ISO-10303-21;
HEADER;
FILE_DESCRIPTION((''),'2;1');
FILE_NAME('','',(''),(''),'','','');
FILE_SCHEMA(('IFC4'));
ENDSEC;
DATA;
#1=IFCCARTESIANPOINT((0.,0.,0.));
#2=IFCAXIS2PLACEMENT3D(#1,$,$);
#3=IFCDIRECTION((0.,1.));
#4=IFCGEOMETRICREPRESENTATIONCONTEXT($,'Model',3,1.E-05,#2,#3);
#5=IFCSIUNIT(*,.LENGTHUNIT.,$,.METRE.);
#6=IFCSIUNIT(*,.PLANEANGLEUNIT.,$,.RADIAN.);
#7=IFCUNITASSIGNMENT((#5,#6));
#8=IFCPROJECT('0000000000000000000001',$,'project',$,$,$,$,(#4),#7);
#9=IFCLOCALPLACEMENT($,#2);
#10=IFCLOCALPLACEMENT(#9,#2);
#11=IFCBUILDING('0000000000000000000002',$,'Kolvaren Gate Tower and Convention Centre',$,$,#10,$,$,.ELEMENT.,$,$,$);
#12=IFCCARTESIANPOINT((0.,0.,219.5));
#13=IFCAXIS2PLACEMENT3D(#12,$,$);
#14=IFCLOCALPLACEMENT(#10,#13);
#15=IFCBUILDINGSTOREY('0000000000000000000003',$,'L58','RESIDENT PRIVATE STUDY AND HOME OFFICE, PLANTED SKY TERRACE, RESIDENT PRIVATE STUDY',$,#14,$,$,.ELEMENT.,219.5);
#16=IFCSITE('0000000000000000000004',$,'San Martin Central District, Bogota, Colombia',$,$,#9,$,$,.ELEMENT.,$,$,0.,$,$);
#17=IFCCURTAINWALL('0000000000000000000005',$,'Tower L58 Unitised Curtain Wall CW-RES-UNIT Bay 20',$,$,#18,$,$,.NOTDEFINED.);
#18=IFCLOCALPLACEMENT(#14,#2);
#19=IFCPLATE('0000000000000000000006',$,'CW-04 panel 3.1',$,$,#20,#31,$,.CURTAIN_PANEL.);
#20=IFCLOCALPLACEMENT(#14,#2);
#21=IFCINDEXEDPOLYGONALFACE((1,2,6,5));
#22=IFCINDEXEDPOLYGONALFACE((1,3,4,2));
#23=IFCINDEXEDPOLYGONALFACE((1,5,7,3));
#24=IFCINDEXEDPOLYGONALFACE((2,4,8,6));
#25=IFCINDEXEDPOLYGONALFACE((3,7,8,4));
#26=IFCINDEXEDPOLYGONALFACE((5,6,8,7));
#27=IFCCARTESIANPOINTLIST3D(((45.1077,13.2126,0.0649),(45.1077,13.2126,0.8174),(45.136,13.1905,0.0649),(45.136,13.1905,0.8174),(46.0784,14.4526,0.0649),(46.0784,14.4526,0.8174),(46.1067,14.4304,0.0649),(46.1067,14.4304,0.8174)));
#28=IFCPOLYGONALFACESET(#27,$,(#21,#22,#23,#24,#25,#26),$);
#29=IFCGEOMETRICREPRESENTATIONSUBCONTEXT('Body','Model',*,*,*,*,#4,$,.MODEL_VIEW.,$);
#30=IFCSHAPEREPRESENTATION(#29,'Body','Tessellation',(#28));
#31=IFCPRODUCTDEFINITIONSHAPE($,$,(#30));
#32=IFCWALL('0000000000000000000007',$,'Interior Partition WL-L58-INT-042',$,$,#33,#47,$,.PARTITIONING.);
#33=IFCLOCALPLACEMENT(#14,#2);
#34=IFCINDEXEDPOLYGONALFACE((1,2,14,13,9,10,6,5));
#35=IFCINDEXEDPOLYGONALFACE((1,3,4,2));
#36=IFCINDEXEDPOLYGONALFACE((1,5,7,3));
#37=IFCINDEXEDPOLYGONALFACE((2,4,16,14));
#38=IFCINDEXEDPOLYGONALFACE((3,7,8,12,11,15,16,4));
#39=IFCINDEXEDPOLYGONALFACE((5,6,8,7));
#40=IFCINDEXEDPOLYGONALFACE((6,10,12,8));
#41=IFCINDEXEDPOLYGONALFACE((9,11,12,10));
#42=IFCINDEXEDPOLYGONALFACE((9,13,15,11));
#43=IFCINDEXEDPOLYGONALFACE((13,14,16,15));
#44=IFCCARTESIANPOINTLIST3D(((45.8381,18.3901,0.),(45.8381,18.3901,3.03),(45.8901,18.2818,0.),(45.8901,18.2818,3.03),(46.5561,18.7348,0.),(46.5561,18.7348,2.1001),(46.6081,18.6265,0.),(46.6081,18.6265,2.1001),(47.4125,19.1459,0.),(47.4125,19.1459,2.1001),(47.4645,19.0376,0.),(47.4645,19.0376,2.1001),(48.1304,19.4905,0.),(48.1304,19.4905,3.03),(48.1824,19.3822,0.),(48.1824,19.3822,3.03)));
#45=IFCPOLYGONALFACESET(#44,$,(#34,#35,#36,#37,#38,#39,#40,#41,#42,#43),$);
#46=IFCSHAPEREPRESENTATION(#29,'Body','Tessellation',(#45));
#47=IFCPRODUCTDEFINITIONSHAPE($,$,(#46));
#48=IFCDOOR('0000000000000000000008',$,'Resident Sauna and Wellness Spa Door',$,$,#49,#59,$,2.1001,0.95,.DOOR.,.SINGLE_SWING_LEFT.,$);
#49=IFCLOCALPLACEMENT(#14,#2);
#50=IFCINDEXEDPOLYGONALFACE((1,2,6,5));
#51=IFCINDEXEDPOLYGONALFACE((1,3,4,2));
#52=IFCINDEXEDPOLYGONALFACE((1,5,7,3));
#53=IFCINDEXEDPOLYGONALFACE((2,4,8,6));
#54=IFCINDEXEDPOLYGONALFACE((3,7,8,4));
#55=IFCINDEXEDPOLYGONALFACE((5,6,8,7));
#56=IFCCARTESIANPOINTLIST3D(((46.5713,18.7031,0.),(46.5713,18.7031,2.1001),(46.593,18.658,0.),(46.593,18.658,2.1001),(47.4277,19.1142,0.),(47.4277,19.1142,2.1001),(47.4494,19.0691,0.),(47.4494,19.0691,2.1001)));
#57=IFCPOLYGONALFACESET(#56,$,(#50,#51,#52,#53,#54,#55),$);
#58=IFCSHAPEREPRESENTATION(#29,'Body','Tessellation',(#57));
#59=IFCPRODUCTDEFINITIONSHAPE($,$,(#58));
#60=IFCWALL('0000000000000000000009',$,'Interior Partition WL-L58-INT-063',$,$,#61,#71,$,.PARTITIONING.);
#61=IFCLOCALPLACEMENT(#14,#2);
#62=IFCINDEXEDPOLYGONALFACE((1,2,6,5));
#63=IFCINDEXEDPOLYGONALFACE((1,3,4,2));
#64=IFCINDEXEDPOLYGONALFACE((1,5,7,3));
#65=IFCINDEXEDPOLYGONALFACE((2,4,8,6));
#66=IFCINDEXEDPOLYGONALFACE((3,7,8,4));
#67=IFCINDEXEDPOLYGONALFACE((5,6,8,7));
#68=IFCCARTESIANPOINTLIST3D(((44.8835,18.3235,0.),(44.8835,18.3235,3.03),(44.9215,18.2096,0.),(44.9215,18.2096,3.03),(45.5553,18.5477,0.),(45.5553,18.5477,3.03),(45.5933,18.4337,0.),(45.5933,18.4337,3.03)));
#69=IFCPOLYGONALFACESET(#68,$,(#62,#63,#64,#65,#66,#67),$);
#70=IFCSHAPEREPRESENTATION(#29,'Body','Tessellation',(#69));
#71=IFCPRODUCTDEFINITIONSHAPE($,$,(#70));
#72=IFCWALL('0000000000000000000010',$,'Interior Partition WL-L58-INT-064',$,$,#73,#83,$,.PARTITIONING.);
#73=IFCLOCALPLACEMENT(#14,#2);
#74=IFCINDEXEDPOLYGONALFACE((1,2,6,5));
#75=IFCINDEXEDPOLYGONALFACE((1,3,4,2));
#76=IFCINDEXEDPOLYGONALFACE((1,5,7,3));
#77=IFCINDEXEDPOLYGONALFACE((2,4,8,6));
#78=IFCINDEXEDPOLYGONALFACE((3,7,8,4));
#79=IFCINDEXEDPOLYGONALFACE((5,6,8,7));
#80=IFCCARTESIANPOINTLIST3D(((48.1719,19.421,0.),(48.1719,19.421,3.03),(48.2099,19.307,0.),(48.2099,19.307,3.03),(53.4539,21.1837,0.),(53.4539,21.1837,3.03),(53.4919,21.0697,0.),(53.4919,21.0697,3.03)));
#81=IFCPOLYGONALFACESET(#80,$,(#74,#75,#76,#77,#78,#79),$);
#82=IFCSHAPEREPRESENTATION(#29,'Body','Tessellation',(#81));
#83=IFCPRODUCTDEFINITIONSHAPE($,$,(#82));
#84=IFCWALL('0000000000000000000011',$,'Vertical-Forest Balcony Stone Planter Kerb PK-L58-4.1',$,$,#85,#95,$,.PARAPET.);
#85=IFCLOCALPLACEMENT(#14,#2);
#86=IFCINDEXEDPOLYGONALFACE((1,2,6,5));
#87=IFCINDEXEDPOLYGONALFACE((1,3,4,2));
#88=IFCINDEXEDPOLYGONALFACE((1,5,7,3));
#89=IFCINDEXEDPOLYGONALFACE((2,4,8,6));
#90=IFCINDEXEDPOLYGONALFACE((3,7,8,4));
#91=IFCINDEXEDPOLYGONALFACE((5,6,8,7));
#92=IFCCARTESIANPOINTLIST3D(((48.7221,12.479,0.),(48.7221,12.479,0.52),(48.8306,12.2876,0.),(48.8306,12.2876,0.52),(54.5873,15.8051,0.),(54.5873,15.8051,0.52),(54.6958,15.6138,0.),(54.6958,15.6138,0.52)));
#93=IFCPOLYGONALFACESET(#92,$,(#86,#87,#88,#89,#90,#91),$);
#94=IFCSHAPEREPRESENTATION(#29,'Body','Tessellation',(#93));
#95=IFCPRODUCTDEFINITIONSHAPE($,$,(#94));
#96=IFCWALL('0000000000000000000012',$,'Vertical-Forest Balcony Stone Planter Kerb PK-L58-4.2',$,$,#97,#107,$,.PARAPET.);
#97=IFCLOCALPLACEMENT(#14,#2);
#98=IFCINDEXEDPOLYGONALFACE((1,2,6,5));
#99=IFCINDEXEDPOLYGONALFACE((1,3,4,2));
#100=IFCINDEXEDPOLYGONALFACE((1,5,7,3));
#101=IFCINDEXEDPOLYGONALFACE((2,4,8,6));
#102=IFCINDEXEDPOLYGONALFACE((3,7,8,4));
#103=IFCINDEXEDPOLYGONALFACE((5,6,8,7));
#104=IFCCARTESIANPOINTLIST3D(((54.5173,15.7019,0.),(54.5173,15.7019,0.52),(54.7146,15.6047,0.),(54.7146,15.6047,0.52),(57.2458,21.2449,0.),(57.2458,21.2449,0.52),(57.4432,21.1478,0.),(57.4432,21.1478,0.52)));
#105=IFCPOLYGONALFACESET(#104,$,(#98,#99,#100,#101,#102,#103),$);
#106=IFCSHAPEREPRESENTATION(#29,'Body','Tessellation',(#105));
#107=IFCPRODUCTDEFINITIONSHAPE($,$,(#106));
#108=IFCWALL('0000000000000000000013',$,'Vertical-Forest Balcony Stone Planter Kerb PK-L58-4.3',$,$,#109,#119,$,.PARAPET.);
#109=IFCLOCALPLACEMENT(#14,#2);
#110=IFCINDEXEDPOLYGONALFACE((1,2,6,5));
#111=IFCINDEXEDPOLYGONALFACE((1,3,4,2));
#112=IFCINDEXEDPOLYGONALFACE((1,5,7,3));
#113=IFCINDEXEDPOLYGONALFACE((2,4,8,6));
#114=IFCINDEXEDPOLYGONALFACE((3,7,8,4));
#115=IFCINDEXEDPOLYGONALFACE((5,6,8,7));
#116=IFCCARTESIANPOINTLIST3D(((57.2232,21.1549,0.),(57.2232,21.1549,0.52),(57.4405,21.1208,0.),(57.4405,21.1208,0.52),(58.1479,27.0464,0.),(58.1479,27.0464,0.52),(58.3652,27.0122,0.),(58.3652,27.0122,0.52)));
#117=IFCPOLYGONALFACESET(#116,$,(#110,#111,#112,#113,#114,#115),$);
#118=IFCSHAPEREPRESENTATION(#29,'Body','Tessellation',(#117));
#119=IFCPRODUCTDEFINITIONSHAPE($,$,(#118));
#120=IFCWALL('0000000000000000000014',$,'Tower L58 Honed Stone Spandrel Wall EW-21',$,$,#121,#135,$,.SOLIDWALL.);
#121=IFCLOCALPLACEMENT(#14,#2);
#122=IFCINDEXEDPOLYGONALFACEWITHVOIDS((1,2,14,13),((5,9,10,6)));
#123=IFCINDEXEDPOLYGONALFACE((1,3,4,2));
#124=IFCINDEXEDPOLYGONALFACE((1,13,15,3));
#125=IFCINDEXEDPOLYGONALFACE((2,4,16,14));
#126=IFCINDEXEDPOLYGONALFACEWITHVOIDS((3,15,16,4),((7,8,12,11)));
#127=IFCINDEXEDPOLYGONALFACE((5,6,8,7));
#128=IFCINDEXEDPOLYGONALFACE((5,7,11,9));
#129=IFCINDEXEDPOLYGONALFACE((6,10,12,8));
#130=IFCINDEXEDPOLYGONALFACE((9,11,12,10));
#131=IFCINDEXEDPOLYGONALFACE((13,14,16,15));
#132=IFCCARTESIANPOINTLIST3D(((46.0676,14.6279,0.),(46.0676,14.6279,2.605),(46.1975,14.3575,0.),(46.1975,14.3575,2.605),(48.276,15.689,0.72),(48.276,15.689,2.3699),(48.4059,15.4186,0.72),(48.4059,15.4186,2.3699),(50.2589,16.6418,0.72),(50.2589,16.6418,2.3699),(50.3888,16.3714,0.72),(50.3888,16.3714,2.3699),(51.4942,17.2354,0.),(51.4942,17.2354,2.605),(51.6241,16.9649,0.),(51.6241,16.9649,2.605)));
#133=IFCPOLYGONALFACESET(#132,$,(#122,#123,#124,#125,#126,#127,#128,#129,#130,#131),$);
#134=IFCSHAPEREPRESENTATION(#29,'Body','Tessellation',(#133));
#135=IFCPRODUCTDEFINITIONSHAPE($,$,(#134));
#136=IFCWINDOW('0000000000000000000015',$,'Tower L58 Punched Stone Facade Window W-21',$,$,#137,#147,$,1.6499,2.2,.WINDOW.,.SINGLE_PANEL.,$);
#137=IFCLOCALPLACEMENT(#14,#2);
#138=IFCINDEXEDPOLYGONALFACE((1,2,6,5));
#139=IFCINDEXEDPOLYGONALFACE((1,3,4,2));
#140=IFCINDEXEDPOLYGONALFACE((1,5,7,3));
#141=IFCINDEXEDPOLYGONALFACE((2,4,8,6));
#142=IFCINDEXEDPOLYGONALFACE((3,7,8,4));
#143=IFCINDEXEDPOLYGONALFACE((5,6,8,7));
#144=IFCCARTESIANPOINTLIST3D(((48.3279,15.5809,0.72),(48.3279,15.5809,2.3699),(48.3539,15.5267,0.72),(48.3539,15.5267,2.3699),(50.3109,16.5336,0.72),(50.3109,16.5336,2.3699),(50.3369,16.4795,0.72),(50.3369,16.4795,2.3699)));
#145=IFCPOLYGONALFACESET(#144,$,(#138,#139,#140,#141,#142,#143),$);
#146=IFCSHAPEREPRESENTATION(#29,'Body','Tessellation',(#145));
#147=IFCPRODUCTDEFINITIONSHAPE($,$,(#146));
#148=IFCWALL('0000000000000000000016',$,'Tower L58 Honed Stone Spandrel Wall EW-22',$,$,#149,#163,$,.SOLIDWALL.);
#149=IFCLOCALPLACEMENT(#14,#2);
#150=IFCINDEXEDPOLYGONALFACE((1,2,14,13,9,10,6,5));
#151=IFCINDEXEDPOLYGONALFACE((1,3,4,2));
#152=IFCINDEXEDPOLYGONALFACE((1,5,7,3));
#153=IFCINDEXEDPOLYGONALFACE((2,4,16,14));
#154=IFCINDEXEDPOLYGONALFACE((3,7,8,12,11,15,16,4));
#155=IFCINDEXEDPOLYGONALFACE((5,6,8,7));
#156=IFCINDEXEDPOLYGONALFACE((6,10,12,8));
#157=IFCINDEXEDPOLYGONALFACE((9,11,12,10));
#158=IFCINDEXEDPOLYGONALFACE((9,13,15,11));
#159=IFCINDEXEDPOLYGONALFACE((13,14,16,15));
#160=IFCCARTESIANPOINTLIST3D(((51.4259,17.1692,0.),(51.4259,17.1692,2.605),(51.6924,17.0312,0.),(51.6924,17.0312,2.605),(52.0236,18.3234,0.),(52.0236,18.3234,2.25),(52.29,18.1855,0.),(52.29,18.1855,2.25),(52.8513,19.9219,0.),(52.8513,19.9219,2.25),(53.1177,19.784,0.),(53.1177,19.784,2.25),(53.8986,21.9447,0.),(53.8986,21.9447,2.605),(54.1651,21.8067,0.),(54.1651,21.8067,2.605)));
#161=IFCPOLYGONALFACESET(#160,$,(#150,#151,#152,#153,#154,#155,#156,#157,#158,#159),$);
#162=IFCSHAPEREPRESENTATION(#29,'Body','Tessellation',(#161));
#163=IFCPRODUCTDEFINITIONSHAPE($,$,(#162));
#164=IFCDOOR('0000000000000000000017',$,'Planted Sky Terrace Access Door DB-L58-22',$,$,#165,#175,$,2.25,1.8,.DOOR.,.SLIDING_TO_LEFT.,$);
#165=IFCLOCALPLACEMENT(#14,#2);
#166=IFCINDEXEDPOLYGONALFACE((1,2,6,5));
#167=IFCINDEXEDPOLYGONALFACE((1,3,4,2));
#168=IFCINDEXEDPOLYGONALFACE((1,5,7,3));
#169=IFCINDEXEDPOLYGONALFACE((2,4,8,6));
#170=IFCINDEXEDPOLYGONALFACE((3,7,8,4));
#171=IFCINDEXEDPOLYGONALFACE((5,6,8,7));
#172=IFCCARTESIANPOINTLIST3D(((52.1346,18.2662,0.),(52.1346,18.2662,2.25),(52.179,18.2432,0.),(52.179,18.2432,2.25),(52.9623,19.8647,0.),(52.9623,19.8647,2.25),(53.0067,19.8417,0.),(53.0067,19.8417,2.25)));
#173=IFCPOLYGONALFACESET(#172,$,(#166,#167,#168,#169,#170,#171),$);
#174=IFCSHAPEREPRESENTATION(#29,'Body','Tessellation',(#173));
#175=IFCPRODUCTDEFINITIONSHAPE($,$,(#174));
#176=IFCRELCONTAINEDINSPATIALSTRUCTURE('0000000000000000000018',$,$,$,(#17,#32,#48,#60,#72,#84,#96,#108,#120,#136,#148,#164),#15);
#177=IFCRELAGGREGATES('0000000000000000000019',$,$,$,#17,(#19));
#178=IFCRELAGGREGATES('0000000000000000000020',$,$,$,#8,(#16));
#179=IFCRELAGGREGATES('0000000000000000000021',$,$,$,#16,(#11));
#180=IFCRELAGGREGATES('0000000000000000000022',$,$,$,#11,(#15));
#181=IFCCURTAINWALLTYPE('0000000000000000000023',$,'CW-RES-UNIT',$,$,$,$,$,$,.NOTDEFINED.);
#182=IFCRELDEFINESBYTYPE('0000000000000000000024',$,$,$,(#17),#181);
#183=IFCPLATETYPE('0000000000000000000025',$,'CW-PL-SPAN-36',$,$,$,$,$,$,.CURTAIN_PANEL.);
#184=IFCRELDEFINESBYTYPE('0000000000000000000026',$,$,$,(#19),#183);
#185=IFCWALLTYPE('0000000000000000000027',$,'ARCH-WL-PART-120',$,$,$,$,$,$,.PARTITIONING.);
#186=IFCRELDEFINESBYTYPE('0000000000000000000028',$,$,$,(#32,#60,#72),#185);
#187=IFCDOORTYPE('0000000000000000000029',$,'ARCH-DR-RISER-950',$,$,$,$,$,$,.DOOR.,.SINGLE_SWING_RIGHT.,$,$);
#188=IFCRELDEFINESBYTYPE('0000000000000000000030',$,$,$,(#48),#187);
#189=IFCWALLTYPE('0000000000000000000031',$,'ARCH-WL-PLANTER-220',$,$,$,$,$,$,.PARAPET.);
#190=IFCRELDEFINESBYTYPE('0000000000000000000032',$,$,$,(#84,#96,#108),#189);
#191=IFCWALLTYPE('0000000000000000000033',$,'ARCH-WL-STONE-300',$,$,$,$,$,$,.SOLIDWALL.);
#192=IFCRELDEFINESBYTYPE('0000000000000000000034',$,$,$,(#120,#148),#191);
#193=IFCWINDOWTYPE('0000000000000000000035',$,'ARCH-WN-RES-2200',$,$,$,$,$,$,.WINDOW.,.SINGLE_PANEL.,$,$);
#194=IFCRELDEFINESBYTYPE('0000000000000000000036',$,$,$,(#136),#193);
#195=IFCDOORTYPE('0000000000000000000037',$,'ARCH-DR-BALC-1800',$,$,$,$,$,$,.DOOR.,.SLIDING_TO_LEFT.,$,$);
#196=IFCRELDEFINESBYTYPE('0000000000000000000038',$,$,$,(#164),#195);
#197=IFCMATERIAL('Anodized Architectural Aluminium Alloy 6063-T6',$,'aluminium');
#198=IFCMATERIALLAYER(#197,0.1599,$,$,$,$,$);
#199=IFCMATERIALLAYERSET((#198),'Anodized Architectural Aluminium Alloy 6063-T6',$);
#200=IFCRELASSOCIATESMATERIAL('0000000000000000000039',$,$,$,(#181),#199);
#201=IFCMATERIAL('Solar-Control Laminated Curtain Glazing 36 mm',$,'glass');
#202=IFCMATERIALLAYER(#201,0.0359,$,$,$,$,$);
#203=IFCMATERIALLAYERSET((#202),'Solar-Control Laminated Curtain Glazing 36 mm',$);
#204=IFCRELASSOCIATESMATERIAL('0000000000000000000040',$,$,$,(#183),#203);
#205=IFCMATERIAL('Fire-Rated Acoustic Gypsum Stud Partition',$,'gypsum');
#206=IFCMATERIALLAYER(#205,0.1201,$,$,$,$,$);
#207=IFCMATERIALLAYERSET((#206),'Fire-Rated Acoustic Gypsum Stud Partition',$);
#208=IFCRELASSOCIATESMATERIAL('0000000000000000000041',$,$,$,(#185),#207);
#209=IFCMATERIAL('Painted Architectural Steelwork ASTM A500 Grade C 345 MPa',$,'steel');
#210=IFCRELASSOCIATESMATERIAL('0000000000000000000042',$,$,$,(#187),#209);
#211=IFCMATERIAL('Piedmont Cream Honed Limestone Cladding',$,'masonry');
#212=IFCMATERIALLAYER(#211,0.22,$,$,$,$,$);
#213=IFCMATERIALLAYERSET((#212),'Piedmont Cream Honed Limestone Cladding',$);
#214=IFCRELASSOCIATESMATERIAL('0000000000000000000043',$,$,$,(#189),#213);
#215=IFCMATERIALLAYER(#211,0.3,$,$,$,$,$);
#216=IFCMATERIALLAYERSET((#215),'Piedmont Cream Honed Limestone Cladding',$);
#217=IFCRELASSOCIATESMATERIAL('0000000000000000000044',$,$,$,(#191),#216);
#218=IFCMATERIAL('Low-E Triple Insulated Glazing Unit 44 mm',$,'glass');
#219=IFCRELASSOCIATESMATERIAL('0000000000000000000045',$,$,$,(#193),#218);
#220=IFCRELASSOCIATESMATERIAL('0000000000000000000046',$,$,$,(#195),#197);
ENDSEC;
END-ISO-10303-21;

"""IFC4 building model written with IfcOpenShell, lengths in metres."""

from ifc_helpers import new_model, si_unit, direction, frame, frame_2d, origin, origin_2d, place, context, subcontext, project, spatial, rectangle, extrude, material, layer, layer_set, type_object, element, fill, aggregate, save


model = new_model("IFC4")

# Units and contexts
model_context = context("Model", 3, precision=1e-05, world=origin(), true_north=direction((0.0, 1.0)))
body_context = subcontext(model_context, "Body", "Model", "MODEL_VIEW")
ifc_project = project(units=[si_unit("LENGTHUNIT", "METRE"), si_unit("PLANEANGLEUNIT", "RADIAN")], contexts=[model_context])

# Site, building, storey
site_placement = place(None, origin())
site = spatial("IfcSite", under=ifc_project, at=site_placement, Name="San Martin Central District, Bogota, Colombia", CompositionType="ELEMENT", RefElevation=0.0)
building_placement = place(site_placement, origin())
building = spatial("IfcBuilding", under=site, at=building_placement, Name="Kolvaren Gate Tower and Convention Centre", CompositionType="ELEMENT")
storey_placement = place(building_placement, frame((0.0, 0.0, 219.5)))
storey = spatial("IfcBuildingStorey", under=building, at=storey_placement, Name="L58", Description="RESIDENT PRIVATE STUDY AND HOME OFFICE, PLANTED SKY TERRACE, RESIDENT PRIVATE STUDY", CompositionType="ELEMENT", Elevation=219.5)

# Curtain wall
ifc_material_1 = material(Name="Anodized Architectural Aluminium Alloy 6063-T6", Category="aluminium")
ifc_layer_1 = layer(ifc_material_1, 0.1599)
ifc_layer_set_1 = layer_set([ifc_layer_1], Name="Anodized Architectural Aluminium Alloy 6063-T6")
curtain_wall_type = type_object("IfcCurtainWallType", Name="CW-RES-UNIT", PredefinedType="NOTDEFINED", material=ifc_layer_set_1)
curtain_wall_placement = place(storey_placement, origin())
curtain_wall = element("IfcCurtainWall", 1, at=curtain_wall_placement, inside=storey, type_object=curtain_wall_type, Name="Tower L58 Unitised Curtain Wall CW-RES-UNIT Bay 20", PredefinedType="NOTDEFINED")

# Plate
ifc_material_2 = material(Name="Low-E Triple Insulated Glazing Unit 44 mm", Category="glass")
ifc_material_3 = material(Name="Solar-Control Laminated Curtain Glazing 36 mm", Category="glass")
ifc_layer_2 = layer(ifc_material_3, 0.0359)
ifc_layer_set_2 = layer_set([ifc_layer_2], Name="Solar-Control Laminated Curtain Glazing 36 mm")
plate_type_1 = type_object("IfcPlateType", Name="CW-PL-SPAN-36", PredefinedType="CURTAIN_PANEL", material=ifc_layer_set_2)
plate_1_placement = place(storey_placement, frame((45.6072, 13.8215, 0.0649), z_axis=(0.0, 0.0, 1.0), x_axis=(0.616437, 0.787404, 0.0)))
plate_1 = element("IfcPlate", 2, at=plate_1_placement, type_object=plate_type_1, Name="CW-04 panel 3.1", PredefinedType="CURTAIN_PANEL", context=body_context, shape_type="SweptSolid", body=[
    extrude(rectangle(XDim=1.5747, YDim=0.0359, at=origin_2d()), origin(), (0.0, 0.0, 1.0), 0.7524),
])
aggregate(curtain_wall, [plate_1])

# Wall, opening, door
ifc_material_4 = material(Name="Fire-Rated Acoustic Gypsum Stud Partition", Category="gypsum")
ifc_layer_3 = layer(ifc_material_4, 0.1201)
ifc_layer_set_3 = layer_set([ifc_layer_3], Name="Fire-Rated Acoustic Gypsum Stud Partition")
wall_type_1 = type_object("IfcWallType", Name="ARCH-WL-PART-120", PredefinedType="PARTITIONING", material=ifc_layer_set_3)
wall_1_placement = place(storey_placement, frame((45.864, 18.3359, 0.0), z_axis=(0.0, 0.0, 1.0), x_axis=(0.901513, 0.432753, 0.0)))
wall_1 = element("IfcWall", 3, at=wall_1_placement, inside=storey, type_object=wall_type_1, Name="Interior Partition WL-L58-INT-042", PredefinedType="PARTITIONING", context=body_context, shape_type="SweptSolid", body=[
    extrude(rectangle(XDim=2.5427, YDim=0.1201, at=frame_2d((1.2715, 0.0))), origin(), (0.0, 0.0, 1.0), 3.03),
])
opening_1_placement = place(wall_1_placement, frame((0.7964, 0.0, 0.0)))
opening_1 = element("IfcOpeningElement", 4, at=opening_1_placement, cuts=wall_1, PredefinedType="OPENING", context=body_context, shape_type="SweptSolid", body=[
    extrude(rectangle(XDim=0.95, YDim=2.1001, at=frame_2d((0.4751, 1.05))), frame((0.0, 0.0701, 0.0), z_axis=(0.0, -1.0, 0.0), x_axis=(1.0, 0.0, 0.0)), (0.0, 0.0, 1.0), 0.1401),
])
ifc_material_5 = material(Name="Painted Architectural Steelwork ASTM A500 Grade C 345 MPa", Category="steel")
door_type_1 = type_object("IfcDoorType", Name="ARCH-DR-RISER-950", OperationType="SINGLE_SWING_RIGHT", PredefinedType="DOOR", material=ifc_material_5)
door_1_placement = place(opening_1_placement, origin())
door_1 = element("IfcDoor", 5, at=door_1_placement, inside=storey, type_object=door_type_1, Name="Resident Sauna and Wellness Spa Door", OperationType="SINGLE_SWING_LEFT", OverallHeight=2.1001, OverallWidth=0.95, PredefinedType="DOOR", context=body_context, shape_type="SweptSolid", body=[
    extrude(rectangle(XDim=0.95, YDim=2.1001, at=frame_2d((0.4751, 1.05))), frame((0.0, 0.0249, 0.0), z_axis=(0.0, -1.0, 0.0), x_axis=(1.0, 0.0, 0.0)), (0.0, 0.0, 1.0), 0.05),
])
fill(opening_1, door_1)

# Walls
wall_2_placement = place(storey_placement, frame((44.9026, 18.2666, 0.0), z_axis=(0.0, 0.0, 1.0), x_axis=(0.948614, 0.316435, 0.0)))
element("IfcWall", 6, at=wall_2_placement, inside=storey, type_object=wall_type_1, Name="Interior Partition WL-L58-INT-063", PredefinedType="PARTITIONING", context=body_context, shape_type="SweptSolid", body=[
    extrude(rectangle(XDim=0.7083, YDim=0.1201, at=frame_2d((0.354, 0.0))), origin(), (0.0, 0.0, 1.0), 3.03),
])
wall_3_placement = place(storey_placement, frame((48.1909, 19.364, 0.0), z_axis=(0.0, 0.0, 1.0), x_axis=(0.948574, 0.316557, 0.0)))
element("IfcWall", 7, at=wall_3_placement, inside=storey, type_object=wall_type_1, Name="Interior Partition WL-L58-INT-064", PredefinedType="PARTITIONING", context=body_context, shape_type="SweptSolid", body=[
    extrude(rectangle(XDim=5.5684, YDim=0.1201, at=frame_2d((2.7842, 0.0))), origin(), (0.0, 0.0, 1.0), 3.03),
])
ifc_material_6 = material(Name="Piedmont Cream Honed Limestone Cladding", Category="masonry")
ifc_layer_4 = layer(ifc_material_6, 0.22)
ifc_layer_set_4 = layer_set([ifc_layer_4], Name="Piedmont Cream Honed Limestone Cladding")
wall_type_2 = type_object("IfcWallType", Name="ARCH-WL-PLANTER-220", PredefinedType="PARAPET", material=ifc_layer_set_4)
wall_4_placement = place(storey_placement, frame((48.7764, 12.3833, 0.0), z_axis=(0.0, 0.0, 1.0), x_axis=(0.869861, 0.493298, 0.0)))
element("IfcWall", 8, at=wall_4_placement, inside=storey, type_object=wall_type_2, Name="Vertical-Forest Balcony Stone Planter Kerb PK-L58-4.1", PredefinedType="PARAPET", context=body_context, shape_type="SweptSolid", body=[
    extrude(rectangle(XDim=6.7427, YDim=0.22, at=frame_2d((3.3713, 0.0))), origin(), (0.0, 0.0, 1.0), 0.52),
])
wall_5_placement = place(storey_placement, frame((54.616, 15.6533, 0.0), z_axis=(0.0, 0.0, 1.0), x_axis=(0.441641, 0.897192, 0.0)))
element("IfcWall", 9, at=wall_5_placement, inside=storey, type_object=wall_type_2, Name="Vertical-Forest Balcony Stone Planter Kerb PK-L58-4.2", PredefinedType="PARAPET", context=body_context, shape_type="SweptSolid", body=[
    extrude(rectangle(XDim=6.1782, YDim=0.22, at=frame_2d((3.0891, 0.0))), origin(), (0.0, 0.0, 1.0), 0.52),
])
wall_6_placement = place(storey_placement, frame((57.3318, 21.1377, 0.0), z_axis=(0.0, 0.0, 1.0), x_axis=(0.155071, 0.987903, 0.0)))
element("IfcWall", 10, at=wall_6_placement, inside=storey, type_object=wall_type_2, Name="Vertical-Forest Balcony Stone Planter Kerb PK-L58-4.3", PredefinedType="PARAPET", context=body_context, shape_type="SweptSolid", body=[
    extrude(rectangle(XDim=5.9636, YDim=0.22, at=frame_2d((2.9819, 0.0))), origin(), (0.0, 0.0, 1.0), 0.52),
])

# Wall, opening, window
ifc_layer_5 = layer(ifc_material_6, 0.3)
ifc_layer_set_5 = layer_set([ifc_layer_5], Name="Piedmont Cream Honed Limestone Cladding")
wall_type_3 = type_object("IfcWallType", Name="ARCH-WL-STONE-300", PredefinedType="SOLIDWALL", material=ifc_layer_set_5)
wall_7_placement = place(storey_placement, frame((46.1326, 14.4927, 0.0), z_axis=(0.0, 0.0, 1.0), x_axis=(0.901348, 0.433095, 0.0)))
wall_7 = element("IfcWall", 11, at=wall_7_placement, inside=storey, type_object=wall_type_3, Name="Tower L58 Honed Stone Spandrel Wall EW-21", PredefinedType="SOLIDWALL", context=body_context, shape_type="SweptSolid", body=[
    extrude(rectangle(XDim=6.0205, YDim=0.3, at=frame_2d((3.0103, 0.0))), origin(), (0.0, 0.0, 1.0), 2.605),
])
opening_2_placement = place(wall_7_placement, frame((2.45, 0.0, 0.72)))
opening_2 = element("IfcOpeningElement", 12, at=opening_2_placement, cuts=wall_7, PredefinedType="OPENING", context=body_context, shape_type="SweptSolid", body=[
    extrude(rectangle(XDim=2.2, YDim=1.6499, at=frame_2d((1.1001, 0.825))), frame((0.0, 0.1599, 0.0), z_axis=(0.0, -1.0, 0.0), x_axis=(1.0, 0.0, 0.0)), (0.0, 0.0, 1.0), 0.3201),
])
window_type_1 = type_object("IfcWindowType", Name="ARCH-WN-RES-2200", PartitioningType="SINGLE_PANEL", PredefinedType="WINDOW", material=ifc_material_2)
window_1_placement = place(opening_2_placement, origin())
window_1 = element("IfcWindow", 13, at=window_1_placement, inside=storey, type_object=window_type_1, Name="Tower L58 Punched Stone Facade Window W-21", OverallHeight=1.6499, OverallWidth=2.2, PartitioningType="SINGLE_PANEL", PredefinedType="WINDOW", context=body_context, shape_type="SweptSolid", body=[
    extrude(rectangle(XDim=2.2, YDim=1.6499, at=frame_2d((1.1001, 0.825))), frame((0.0, 0.03, 0.0), z_axis=(0.0, -1.0, 0.0), x_axis=(1.0, 0.0, 0.0)), (0.0, 0.0, 1.0), 0.0601),
])
fill(opening_2, window_1)

# Wall, opening, door
wall_8_placement = place(storey_placement, frame((51.5591, 17.1001, 0.0), z_axis=(0.0, 0.0, 1.0), x_axis=(0.459808, 0.888018, 0.0)))
wall_8 = element("IfcWall", 14, at=wall_8_placement, inside=storey, type_object=wall_type_3, Name="Tower L58 Honed Stone Spandrel Wall EW-22", PredefinedType="SOLIDWALL", context=body_context, shape_type="SweptSolid", body=[
    extrude(rectangle(XDim=5.3777, YDim=0.3, at=frame_2d((2.689, 0.0))), origin(), (0.0, 0.0, 1.0), 2.605),
])
opening_3_placement = place(wall_8_placement, frame((1.3, 0.0, 0.0)))
opening_3 = element("IfcOpeningElement", 15, at=opening_3_placement, cuts=wall_8, PredefinedType="OPENING", context=body_context, shape_type="SweptSolid", body=[
    extrude(rectangle(XDim=1.8, YDim=2.25, at=frame_2d((0.8999, 1.125))), frame((0.0, 0.1599, 0.0), z_axis=(0.0, -1.0, 0.0), x_axis=(1.0, 0.0, 0.0)), (0.0, 0.0, 1.0), 0.3201),
])
door_type_2 = type_object("IfcDoorType", Name="ARCH-DR-BALC-1800", OperationType="SLIDING_TO_LEFT", PredefinedType="DOOR", material=ifc_material_1)
door_2_placement = place(opening_3_placement, frame((1.8, 0.0, 0.0), z_axis=(0.0, 0.0, 1.0), x_axis=(-1.0, 0.0, 0.0)))
door_2 = element("IfcDoor", 16, at=door_2_placement, inside=storey, type_object=door_type_2, Name="Planted Sky Terrace Access Door DB-L58-22", OperationType="SLIDING_TO_LEFT", OverallHeight=2.25, OverallWidth=1.8, PredefinedType="DOOR", context=body_context, shape_type="SweptSolid", body=[
    extrude(rectangle(XDim=1.8, YDim=2.25, at=frame_2d((0.8999, 1.125))), frame((0.0, 0.0249, 0.0), z_axis=(0.0, -1.0, 0.0), x_axis=(1.0, 0.0, 0.0)), (0.0, 0.0, 1.0), 0.05),
])
fill(opening_3, door_2)

save(model, "model.ifc")
